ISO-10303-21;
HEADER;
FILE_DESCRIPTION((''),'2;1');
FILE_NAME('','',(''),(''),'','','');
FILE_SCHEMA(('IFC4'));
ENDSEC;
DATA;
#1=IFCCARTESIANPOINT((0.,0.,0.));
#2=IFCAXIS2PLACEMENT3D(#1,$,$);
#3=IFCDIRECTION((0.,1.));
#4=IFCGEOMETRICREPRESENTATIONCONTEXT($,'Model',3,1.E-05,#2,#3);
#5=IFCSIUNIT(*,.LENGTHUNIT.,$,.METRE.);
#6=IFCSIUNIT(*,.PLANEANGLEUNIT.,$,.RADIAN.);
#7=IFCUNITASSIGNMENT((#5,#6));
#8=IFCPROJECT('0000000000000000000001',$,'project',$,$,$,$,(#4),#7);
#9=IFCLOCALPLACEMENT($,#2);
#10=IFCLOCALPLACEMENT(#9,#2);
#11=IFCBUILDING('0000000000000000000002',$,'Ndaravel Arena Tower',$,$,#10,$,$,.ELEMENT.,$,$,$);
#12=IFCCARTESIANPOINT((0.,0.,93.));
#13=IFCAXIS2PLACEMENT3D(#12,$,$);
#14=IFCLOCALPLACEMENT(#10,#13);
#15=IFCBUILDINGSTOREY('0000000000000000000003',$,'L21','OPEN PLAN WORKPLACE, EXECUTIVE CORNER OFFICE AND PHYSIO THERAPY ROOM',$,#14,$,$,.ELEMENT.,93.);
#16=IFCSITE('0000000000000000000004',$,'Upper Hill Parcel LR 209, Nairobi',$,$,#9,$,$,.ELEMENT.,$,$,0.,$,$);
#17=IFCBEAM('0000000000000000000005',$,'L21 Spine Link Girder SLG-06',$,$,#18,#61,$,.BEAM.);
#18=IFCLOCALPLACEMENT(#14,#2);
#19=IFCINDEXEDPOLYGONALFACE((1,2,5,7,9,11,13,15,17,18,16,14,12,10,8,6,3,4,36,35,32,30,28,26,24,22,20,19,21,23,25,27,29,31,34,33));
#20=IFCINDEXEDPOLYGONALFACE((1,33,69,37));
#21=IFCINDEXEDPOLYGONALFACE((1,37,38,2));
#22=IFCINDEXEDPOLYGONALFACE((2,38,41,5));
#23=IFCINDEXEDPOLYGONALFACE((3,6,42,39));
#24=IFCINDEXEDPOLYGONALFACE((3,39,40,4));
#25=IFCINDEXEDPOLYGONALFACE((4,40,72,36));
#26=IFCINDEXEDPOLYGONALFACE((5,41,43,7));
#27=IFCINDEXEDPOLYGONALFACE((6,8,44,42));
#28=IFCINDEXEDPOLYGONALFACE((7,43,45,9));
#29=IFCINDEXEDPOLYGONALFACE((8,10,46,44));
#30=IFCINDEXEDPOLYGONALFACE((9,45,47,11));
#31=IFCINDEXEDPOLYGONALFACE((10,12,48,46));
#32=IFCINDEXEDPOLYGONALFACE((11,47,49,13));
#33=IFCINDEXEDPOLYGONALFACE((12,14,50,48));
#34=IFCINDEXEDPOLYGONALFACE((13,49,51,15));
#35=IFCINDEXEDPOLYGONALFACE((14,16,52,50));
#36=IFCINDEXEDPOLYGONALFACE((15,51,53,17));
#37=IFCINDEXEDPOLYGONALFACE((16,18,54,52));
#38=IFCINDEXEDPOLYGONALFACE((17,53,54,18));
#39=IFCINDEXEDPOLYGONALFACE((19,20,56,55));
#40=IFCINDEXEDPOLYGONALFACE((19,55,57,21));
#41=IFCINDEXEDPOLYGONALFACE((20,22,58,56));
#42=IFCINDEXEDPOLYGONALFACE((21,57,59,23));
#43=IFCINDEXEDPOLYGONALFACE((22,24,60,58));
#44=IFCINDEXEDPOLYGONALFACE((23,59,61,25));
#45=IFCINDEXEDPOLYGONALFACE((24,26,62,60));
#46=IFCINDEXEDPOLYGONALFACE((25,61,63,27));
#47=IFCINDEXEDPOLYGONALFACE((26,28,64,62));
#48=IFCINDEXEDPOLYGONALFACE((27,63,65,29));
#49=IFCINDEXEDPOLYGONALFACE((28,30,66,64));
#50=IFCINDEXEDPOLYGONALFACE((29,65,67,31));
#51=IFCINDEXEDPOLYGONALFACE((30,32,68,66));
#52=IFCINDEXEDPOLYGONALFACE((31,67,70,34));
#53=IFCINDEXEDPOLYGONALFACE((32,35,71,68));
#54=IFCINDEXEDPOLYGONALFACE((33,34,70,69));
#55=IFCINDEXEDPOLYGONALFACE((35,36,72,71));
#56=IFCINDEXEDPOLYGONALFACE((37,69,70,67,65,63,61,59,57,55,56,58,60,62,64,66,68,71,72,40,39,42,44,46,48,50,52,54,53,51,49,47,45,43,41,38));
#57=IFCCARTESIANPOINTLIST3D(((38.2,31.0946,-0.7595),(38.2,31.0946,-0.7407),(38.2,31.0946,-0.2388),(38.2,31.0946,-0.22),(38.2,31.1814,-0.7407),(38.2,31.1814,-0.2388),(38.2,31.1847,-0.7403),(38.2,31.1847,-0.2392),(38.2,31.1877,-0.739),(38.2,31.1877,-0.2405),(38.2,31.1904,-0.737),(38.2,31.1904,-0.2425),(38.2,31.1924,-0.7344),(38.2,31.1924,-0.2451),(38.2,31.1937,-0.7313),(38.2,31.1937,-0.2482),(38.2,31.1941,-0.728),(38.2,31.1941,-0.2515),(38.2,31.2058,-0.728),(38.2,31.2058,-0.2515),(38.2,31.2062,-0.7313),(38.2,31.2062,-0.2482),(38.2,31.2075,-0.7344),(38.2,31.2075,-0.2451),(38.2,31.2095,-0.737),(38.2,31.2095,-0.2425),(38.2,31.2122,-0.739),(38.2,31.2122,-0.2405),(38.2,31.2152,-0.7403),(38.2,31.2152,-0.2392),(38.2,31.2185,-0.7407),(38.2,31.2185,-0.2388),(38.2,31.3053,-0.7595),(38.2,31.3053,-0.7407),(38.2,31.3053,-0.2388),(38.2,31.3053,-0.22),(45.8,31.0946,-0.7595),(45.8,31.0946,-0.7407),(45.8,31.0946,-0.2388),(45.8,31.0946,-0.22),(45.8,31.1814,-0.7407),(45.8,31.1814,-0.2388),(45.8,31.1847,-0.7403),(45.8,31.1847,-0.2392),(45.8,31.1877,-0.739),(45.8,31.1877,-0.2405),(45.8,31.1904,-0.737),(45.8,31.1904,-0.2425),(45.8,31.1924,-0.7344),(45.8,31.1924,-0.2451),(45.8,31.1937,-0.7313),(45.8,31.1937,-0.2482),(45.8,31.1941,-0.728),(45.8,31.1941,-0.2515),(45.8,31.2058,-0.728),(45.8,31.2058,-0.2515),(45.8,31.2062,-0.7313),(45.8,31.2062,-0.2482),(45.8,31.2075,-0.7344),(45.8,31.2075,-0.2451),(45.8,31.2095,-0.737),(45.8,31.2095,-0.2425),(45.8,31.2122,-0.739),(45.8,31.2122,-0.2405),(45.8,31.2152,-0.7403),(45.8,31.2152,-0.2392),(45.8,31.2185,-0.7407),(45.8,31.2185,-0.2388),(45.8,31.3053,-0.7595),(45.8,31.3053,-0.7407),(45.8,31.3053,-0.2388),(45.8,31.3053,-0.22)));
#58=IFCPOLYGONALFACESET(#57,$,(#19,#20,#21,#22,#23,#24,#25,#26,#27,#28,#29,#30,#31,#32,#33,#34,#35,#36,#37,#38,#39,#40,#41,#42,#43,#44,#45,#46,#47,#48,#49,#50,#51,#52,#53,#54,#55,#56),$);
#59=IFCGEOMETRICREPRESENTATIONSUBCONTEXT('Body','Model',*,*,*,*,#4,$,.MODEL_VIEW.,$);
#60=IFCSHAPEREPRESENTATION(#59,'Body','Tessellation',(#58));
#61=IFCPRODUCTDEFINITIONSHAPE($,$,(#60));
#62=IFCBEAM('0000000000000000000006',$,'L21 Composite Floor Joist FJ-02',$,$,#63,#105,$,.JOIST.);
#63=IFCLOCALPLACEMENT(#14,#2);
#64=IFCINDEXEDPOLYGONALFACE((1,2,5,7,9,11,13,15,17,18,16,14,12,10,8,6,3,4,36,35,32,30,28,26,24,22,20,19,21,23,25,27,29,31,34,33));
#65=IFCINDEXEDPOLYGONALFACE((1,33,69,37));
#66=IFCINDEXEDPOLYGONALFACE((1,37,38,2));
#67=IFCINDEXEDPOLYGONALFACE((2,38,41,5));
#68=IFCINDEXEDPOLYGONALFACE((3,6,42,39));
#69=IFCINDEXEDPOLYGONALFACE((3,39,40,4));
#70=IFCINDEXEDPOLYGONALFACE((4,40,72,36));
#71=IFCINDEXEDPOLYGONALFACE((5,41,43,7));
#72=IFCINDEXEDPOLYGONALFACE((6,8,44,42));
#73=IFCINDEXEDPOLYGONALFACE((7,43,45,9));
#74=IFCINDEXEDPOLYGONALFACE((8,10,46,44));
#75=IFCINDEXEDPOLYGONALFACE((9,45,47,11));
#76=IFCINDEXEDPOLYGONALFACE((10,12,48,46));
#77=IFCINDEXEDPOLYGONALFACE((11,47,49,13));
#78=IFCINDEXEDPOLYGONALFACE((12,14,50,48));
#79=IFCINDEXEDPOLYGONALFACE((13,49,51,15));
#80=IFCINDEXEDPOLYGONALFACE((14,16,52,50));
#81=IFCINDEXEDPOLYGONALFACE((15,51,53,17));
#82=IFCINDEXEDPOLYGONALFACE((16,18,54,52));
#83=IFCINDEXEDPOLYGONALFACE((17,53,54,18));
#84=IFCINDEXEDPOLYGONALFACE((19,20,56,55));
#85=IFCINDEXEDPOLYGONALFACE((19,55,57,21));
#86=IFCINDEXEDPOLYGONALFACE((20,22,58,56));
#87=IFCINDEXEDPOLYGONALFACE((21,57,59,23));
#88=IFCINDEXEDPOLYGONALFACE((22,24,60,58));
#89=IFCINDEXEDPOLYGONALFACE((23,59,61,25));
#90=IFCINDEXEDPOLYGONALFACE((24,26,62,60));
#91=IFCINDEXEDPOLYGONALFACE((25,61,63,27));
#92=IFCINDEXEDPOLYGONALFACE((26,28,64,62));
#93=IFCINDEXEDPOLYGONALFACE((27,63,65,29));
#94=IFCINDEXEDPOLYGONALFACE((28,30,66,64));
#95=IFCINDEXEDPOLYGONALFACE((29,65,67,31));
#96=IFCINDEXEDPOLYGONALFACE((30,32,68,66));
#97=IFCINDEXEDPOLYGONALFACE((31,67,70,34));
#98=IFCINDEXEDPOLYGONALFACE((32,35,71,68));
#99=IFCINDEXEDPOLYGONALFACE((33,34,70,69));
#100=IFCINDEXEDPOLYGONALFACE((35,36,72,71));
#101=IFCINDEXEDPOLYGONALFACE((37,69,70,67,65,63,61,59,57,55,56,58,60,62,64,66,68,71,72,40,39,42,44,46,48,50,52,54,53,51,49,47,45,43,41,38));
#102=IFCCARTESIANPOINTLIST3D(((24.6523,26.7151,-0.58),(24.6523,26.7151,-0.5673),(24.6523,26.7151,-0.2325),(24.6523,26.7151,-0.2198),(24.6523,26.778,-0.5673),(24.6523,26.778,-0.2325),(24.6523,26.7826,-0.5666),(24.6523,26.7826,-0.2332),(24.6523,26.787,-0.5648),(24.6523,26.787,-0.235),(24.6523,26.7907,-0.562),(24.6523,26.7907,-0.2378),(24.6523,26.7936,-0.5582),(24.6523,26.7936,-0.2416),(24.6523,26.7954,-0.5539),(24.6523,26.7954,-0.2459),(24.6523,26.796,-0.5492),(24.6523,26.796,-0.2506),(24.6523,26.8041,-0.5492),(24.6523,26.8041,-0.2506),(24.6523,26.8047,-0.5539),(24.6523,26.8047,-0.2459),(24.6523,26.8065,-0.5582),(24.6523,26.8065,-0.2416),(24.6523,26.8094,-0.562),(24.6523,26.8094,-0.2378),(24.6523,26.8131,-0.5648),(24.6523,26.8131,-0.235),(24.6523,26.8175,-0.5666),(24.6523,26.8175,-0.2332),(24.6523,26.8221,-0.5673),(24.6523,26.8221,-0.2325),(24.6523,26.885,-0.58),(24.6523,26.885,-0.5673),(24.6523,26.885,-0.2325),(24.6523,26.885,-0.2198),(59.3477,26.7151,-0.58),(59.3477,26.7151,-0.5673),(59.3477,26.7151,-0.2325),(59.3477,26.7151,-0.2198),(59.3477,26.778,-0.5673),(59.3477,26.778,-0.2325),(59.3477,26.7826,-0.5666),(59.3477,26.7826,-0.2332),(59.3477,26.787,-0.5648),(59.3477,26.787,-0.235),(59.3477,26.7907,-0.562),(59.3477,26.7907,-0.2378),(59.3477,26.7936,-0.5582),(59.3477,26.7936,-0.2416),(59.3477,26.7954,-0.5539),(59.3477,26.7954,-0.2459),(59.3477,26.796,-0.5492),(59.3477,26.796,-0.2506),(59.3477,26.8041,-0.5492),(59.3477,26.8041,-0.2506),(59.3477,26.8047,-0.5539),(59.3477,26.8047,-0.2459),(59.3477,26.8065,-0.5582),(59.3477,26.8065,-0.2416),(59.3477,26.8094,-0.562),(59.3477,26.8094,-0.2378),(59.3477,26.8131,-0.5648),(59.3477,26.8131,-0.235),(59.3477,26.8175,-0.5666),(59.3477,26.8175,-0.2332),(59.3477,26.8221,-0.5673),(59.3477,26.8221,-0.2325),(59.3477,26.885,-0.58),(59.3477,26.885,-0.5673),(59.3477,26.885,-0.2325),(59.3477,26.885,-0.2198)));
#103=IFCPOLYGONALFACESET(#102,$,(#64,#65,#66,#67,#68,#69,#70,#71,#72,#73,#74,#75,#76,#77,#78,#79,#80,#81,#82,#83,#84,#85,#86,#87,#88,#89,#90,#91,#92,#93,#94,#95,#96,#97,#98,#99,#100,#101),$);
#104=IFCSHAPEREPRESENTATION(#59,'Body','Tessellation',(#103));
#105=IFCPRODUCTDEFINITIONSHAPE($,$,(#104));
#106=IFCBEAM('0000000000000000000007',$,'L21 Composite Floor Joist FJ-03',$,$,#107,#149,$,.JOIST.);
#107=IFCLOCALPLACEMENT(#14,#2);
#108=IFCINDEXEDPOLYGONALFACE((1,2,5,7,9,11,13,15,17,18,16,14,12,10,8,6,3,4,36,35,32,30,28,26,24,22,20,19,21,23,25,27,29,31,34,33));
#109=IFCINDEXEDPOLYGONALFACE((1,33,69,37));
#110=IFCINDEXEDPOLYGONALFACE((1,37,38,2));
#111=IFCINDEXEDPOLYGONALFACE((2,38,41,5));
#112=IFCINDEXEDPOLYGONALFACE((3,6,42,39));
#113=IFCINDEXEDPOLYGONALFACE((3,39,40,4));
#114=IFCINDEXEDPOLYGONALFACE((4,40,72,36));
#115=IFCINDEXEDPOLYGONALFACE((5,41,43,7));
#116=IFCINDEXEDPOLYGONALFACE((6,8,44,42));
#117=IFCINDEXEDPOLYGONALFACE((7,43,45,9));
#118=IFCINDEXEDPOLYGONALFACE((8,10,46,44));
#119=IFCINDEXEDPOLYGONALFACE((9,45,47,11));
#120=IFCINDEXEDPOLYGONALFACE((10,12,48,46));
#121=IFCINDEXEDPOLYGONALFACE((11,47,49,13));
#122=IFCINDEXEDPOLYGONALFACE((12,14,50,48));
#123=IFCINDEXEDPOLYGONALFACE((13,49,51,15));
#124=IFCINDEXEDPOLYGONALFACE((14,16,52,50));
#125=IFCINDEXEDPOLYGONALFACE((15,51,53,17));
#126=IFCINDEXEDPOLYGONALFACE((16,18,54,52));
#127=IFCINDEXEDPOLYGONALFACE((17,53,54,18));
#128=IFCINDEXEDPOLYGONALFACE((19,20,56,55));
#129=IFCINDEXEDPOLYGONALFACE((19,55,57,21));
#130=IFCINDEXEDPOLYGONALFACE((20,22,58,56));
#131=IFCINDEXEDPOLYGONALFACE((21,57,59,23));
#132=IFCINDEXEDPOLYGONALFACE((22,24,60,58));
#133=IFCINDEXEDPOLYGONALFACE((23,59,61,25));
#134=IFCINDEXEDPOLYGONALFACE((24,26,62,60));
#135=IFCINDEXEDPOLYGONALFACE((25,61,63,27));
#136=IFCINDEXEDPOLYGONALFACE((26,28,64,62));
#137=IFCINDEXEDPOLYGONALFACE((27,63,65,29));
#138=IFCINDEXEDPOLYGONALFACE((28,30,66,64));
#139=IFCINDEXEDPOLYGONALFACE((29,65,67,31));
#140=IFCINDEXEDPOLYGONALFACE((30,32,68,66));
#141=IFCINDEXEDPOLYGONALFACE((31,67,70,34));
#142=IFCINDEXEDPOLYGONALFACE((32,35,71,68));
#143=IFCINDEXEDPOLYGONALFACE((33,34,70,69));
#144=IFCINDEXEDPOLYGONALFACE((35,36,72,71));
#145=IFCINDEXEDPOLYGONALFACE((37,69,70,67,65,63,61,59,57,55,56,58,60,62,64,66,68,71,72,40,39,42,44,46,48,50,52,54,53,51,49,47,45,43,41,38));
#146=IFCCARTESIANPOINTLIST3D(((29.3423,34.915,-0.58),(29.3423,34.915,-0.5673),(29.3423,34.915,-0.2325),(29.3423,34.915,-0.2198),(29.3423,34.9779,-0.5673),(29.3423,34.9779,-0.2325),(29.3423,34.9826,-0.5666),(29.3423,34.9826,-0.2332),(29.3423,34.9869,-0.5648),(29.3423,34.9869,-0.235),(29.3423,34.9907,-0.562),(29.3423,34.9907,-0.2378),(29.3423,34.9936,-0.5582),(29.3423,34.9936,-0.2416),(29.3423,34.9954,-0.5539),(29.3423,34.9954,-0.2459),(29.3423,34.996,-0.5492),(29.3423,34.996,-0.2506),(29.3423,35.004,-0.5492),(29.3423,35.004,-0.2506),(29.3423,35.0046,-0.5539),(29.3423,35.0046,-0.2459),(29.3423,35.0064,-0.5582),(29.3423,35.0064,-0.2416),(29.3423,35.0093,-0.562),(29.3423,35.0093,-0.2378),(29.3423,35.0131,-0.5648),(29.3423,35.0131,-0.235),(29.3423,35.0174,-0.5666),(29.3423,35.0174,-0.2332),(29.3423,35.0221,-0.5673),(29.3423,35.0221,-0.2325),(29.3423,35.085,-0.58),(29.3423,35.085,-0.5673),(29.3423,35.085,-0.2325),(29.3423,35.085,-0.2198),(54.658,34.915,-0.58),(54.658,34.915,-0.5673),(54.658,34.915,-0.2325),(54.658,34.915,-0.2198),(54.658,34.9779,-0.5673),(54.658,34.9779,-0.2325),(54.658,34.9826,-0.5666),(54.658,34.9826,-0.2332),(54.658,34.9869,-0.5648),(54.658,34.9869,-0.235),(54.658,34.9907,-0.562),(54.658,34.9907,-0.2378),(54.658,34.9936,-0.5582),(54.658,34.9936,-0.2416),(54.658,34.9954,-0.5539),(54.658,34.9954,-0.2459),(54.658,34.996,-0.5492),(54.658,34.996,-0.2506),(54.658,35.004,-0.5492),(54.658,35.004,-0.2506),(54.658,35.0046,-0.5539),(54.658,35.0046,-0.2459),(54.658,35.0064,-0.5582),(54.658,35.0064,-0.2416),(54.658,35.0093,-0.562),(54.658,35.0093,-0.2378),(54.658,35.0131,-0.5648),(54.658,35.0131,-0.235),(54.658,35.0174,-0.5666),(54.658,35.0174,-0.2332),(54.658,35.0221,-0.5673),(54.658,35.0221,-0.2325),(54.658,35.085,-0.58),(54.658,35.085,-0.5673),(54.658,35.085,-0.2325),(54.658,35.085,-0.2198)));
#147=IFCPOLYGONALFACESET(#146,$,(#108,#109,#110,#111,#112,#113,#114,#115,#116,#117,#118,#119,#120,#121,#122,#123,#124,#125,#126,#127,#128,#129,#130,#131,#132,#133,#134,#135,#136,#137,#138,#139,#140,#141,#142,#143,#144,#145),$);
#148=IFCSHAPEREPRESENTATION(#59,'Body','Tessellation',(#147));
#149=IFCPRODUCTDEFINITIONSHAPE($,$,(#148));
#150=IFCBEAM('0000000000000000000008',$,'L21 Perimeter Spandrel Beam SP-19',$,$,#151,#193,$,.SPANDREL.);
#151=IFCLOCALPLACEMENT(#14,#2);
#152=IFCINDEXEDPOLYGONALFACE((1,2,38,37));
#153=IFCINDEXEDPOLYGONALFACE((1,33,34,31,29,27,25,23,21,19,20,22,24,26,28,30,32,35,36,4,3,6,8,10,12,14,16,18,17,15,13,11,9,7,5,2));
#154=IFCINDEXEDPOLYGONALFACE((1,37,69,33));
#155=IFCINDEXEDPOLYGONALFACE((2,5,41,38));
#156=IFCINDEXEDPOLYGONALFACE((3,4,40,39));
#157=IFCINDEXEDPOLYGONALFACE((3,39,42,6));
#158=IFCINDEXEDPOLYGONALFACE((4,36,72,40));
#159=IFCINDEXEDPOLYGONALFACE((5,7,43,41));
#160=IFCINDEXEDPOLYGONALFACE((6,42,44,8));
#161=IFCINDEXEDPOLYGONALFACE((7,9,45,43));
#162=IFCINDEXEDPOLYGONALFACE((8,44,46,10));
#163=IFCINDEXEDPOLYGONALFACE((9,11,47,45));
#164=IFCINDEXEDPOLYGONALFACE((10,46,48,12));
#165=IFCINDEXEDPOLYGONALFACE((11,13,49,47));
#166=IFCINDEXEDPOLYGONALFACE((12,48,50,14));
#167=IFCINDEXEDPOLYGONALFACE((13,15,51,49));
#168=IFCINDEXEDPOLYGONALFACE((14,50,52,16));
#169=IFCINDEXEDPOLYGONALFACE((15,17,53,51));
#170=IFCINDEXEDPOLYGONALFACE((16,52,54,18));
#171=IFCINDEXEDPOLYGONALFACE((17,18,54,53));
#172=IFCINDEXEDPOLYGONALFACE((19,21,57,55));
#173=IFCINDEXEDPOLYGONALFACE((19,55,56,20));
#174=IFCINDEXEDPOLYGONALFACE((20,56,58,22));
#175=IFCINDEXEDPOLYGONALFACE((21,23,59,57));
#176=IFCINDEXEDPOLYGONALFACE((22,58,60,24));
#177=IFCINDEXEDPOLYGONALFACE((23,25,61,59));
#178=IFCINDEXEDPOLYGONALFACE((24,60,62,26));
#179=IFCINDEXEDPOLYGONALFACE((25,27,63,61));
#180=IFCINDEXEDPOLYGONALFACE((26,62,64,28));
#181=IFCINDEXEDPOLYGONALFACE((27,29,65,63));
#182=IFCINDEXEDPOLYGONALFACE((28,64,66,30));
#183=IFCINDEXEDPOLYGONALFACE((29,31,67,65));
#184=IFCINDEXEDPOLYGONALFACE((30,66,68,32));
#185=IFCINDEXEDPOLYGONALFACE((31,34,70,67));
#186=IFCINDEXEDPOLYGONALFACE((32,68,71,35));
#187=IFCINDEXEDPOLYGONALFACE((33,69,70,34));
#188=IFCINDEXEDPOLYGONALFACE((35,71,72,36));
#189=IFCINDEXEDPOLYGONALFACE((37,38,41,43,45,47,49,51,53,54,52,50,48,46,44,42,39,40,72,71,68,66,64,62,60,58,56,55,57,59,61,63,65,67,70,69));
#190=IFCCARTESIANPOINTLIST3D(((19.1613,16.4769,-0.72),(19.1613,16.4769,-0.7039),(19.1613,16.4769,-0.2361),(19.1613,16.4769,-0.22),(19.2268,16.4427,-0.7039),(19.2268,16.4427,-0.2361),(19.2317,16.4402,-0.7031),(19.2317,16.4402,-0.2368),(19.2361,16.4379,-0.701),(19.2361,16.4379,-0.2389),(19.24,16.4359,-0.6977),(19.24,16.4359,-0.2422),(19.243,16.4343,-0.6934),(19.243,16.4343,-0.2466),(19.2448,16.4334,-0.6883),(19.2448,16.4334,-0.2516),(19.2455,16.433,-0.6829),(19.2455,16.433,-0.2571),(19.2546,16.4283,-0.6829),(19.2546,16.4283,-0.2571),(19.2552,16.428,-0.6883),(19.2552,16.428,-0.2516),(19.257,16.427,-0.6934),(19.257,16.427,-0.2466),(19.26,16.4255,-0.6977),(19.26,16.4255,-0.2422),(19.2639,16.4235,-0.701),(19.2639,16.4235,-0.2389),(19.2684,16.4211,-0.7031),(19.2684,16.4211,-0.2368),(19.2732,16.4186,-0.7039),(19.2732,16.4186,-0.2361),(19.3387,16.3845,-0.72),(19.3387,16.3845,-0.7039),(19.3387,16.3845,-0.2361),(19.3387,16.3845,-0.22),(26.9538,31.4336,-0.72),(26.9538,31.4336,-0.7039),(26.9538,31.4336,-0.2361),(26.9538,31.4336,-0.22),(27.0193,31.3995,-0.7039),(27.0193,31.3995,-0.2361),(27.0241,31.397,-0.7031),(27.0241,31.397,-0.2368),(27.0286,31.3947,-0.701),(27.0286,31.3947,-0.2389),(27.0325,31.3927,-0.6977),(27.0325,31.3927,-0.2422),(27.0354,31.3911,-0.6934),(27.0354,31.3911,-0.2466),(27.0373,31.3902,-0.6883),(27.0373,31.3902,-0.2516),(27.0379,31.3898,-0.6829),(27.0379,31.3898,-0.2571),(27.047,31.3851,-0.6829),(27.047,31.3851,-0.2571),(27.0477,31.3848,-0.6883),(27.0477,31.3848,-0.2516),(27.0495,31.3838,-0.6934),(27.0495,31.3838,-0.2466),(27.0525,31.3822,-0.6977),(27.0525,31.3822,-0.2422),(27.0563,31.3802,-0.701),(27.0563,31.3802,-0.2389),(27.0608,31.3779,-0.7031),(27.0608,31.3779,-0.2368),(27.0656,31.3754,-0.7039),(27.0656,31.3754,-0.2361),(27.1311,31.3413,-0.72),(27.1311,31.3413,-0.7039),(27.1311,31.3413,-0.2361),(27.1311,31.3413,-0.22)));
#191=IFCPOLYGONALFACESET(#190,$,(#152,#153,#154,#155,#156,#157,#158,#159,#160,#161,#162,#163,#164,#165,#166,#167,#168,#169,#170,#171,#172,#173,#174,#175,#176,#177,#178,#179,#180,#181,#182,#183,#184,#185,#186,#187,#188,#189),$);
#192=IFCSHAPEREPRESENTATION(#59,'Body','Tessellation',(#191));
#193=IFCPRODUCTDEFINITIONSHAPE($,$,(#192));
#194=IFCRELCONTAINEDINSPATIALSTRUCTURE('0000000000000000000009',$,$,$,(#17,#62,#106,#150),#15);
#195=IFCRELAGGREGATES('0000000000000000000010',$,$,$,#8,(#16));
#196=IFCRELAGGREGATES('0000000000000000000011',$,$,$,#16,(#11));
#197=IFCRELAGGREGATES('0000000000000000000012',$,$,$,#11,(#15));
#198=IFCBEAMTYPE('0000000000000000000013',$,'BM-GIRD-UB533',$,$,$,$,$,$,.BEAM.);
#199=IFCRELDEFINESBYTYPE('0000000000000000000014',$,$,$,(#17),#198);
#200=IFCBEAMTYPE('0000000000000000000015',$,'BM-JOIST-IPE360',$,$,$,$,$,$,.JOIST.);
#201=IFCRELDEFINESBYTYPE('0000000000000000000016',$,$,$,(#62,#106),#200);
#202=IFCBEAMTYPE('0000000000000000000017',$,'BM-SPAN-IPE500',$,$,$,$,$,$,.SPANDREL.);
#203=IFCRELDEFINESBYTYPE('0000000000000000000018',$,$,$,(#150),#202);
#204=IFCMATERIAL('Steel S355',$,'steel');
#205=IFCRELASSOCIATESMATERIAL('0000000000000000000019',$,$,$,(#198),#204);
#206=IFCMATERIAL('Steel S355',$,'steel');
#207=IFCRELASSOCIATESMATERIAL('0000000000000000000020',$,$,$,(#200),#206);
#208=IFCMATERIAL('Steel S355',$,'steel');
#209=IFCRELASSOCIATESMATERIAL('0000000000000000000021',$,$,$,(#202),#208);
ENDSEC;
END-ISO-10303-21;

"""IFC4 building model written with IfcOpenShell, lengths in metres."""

from ifc_helpers import new_model, si_unit, direction, frame, origin, origin_2d, place, context, subcontext, project, spatial, i_section, extrude, material, material_profile, profile_set, type_object, element, save


model = new_model("IFC4")

# Units and contexts
model_context = context("Model", 3, precision=1e-05, world=origin(), true_north=direction((0.0, 1.0)))
body_context = subcontext(model_context, "Body", "Model", "MODEL_VIEW")
ifc_project = project(units=[si_unit("LENGTHUNIT", "METRE"), si_unit("PLANEANGLEUNIT", "RADIAN")], contexts=[model_context])

# Site, building, storey
site_placement = place(None, origin())
site = spatial("IfcSite", under=ifc_project, at=site_placement, Name="Upper Hill Parcel LR 209, Nairobi", CompositionType="ELEMENT", RefElevation=0.0)
building_placement = place(site_placement, origin())
building = spatial("IfcBuilding", under=site, at=building_placement, Name="Ndaravel Arena Tower", CompositionType="ELEMENT")
storey_placement = place(building_placement, frame((0.0, 0.0, 93.0)))
storey = spatial("IfcBuildingStorey", under=building, at=storey_placement, Name="L21", Description="OPEN PLAN WORKPLACE, EXECUTIVE CORNER OFFICE AND PHYSIO THERAPY ROOM", CompositionType="ELEMENT", Elevation=93.0)

# Beams
ifc_material_1 = material(Name="Steel S355", Category="steel")
ifc_material_profile_1 = material_profile(ifc_material_1, i_section(OverallWidth=0.2107, OverallDepth=0.5396, WebThickness=0.0117, FlangeThickness=0.0188, FilletRadius=0.0127, at=origin_2d()), Name="UB 533x210x109")
ifc_profile_set_1 = profile_set([ifc_material_profile_1], Name="Steel S355")
beam_type_1 = type_object("IfcBeamType", Name="BM-GIRD-UB533", PredefinedType="BEAM", material=ifc_profile_set_1)
beam_1_placement = place(storey_placement, frame((38.2, 31.2, -0.4897), z_axis=(1.0, 0.0, 0.0), x_axis=(0.0, 1.0, 0.0)))
element("IfcBeam", 1, at=beam_1_placement, inside=storey, type_object=beam_type_1, Name="L21 Spine Link Girder SLG-06", PredefinedType="BEAM", context=body_context, shape_type="SweptSolid", body=[
    extrude(i_section(OverallWidth=0.2107, OverallDepth=0.5396, WebThickness=0.0117, FlangeThickness=0.0188, FilletRadius=0.0127, at=origin_2d()), origin(), (0.0, 0.0, 1.0), 7.6001),
])
ifc_material_2 = material(Name="Steel S355", Category="steel")
ifc_material_profile_2 = material_profile(ifc_material_2, i_section(OverallWidth=0.1699, OverallDepth=0.3601, WebThickness=0.0081, FlangeThickness=0.0127, FilletRadius=0.0181, at=origin_2d()), Name="IPE 360")
ifc_profile_set_2 = profile_set([ifc_material_profile_2], Name="Steel S355")
beam_type_2 = type_object("IfcBeamType", Name="BM-JOIST-IPE360", PredefinedType="JOIST", material=ifc_profile_set_2)
beam_2_placement = place(storey_placement, frame((24.6523, 26.8, -0.3999), z_axis=(1.0, 0.0, 0.0), x_axis=(0.0, 1.0, 0.0)))
element("IfcBeam", 2, at=beam_2_placement, inside=storey, type_object=beam_type_2, Name="L21 Composite Floor Joist FJ-02", PredefinedType="JOIST", context=body_context, shape_type="SweptSolid", body=[
    extrude(i_section(OverallWidth=0.1699, OverallDepth=0.3601, WebThickness=0.0081, FlangeThickness=0.0127, FilletRadius=0.0181, at=origin_2d()), origin(), (0.0, 0.0, 1.0), 34.6953),
])
beam_3_placement = place(storey_placement, frame((29.3423, 35.0, -0.3999), z_axis=(1.0, 0.0, 0.0), x_axis=(0.0, 1.0, 0.0)))
element("IfcBeam", 3, at=beam_3_placement, inside=storey, type_object=beam_type_2, Name="L21 Composite Floor Joist FJ-03", PredefinedType="JOIST", context=body_context, shape_type="SweptSolid", body=[
    extrude(i_section(OverallWidth=0.1699, OverallDepth=0.3601, WebThickness=0.0081, FlangeThickness=0.0127, FilletRadius=0.0181, at=origin_2d()), origin(), (0.0, 0.0, 1.0), 25.3157),
])
ifc_material_3 = material(Name="Steel S355", Category="steel")
ifc_material_profile_3 = material_profile(ifc_material_3, i_section(OverallWidth=0.2, OverallDepth=0.5, WebThickness=0.0103, FlangeThickness=0.0161, FilletRadius=0.021, at=origin_2d()), Name="IPE 500")
ifc_profile_set_3 = profile_set([ifc_material_profile_3], Name="Steel S355")
beam_type_3 = type_object("IfcBeamType", Name="BM-SPAN-IPE500", PredefinedType="SPANDREL", material=ifc_profile_set_3)
beam_4_placement = place(storey_placement, frame((27.0425, 31.3875, -0.47), z_axis=(-0.46205, -0.886854, 0.0), x_axis=(0.886854, -0.46205, 0.0)))
element("IfcBeam", 4, at=beam_4_placement, inside=storey, type_object=beam_type_3, Name="L21 Perimeter Spandrel Beam SP-19", PredefinedType="SPANDREL", context=body_context, shape_type="SweptSolid", body=[
    extrude(i_section(OverallWidth=0.2, OverallDepth=0.5, WebThickness=0.0103, FlangeThickness=0.0161, FilletRadius=0.021, at=origin_2d()), origin(), (0.0, 0.0, 1.0), 16.865),
])

save(model, "model.ifc")
